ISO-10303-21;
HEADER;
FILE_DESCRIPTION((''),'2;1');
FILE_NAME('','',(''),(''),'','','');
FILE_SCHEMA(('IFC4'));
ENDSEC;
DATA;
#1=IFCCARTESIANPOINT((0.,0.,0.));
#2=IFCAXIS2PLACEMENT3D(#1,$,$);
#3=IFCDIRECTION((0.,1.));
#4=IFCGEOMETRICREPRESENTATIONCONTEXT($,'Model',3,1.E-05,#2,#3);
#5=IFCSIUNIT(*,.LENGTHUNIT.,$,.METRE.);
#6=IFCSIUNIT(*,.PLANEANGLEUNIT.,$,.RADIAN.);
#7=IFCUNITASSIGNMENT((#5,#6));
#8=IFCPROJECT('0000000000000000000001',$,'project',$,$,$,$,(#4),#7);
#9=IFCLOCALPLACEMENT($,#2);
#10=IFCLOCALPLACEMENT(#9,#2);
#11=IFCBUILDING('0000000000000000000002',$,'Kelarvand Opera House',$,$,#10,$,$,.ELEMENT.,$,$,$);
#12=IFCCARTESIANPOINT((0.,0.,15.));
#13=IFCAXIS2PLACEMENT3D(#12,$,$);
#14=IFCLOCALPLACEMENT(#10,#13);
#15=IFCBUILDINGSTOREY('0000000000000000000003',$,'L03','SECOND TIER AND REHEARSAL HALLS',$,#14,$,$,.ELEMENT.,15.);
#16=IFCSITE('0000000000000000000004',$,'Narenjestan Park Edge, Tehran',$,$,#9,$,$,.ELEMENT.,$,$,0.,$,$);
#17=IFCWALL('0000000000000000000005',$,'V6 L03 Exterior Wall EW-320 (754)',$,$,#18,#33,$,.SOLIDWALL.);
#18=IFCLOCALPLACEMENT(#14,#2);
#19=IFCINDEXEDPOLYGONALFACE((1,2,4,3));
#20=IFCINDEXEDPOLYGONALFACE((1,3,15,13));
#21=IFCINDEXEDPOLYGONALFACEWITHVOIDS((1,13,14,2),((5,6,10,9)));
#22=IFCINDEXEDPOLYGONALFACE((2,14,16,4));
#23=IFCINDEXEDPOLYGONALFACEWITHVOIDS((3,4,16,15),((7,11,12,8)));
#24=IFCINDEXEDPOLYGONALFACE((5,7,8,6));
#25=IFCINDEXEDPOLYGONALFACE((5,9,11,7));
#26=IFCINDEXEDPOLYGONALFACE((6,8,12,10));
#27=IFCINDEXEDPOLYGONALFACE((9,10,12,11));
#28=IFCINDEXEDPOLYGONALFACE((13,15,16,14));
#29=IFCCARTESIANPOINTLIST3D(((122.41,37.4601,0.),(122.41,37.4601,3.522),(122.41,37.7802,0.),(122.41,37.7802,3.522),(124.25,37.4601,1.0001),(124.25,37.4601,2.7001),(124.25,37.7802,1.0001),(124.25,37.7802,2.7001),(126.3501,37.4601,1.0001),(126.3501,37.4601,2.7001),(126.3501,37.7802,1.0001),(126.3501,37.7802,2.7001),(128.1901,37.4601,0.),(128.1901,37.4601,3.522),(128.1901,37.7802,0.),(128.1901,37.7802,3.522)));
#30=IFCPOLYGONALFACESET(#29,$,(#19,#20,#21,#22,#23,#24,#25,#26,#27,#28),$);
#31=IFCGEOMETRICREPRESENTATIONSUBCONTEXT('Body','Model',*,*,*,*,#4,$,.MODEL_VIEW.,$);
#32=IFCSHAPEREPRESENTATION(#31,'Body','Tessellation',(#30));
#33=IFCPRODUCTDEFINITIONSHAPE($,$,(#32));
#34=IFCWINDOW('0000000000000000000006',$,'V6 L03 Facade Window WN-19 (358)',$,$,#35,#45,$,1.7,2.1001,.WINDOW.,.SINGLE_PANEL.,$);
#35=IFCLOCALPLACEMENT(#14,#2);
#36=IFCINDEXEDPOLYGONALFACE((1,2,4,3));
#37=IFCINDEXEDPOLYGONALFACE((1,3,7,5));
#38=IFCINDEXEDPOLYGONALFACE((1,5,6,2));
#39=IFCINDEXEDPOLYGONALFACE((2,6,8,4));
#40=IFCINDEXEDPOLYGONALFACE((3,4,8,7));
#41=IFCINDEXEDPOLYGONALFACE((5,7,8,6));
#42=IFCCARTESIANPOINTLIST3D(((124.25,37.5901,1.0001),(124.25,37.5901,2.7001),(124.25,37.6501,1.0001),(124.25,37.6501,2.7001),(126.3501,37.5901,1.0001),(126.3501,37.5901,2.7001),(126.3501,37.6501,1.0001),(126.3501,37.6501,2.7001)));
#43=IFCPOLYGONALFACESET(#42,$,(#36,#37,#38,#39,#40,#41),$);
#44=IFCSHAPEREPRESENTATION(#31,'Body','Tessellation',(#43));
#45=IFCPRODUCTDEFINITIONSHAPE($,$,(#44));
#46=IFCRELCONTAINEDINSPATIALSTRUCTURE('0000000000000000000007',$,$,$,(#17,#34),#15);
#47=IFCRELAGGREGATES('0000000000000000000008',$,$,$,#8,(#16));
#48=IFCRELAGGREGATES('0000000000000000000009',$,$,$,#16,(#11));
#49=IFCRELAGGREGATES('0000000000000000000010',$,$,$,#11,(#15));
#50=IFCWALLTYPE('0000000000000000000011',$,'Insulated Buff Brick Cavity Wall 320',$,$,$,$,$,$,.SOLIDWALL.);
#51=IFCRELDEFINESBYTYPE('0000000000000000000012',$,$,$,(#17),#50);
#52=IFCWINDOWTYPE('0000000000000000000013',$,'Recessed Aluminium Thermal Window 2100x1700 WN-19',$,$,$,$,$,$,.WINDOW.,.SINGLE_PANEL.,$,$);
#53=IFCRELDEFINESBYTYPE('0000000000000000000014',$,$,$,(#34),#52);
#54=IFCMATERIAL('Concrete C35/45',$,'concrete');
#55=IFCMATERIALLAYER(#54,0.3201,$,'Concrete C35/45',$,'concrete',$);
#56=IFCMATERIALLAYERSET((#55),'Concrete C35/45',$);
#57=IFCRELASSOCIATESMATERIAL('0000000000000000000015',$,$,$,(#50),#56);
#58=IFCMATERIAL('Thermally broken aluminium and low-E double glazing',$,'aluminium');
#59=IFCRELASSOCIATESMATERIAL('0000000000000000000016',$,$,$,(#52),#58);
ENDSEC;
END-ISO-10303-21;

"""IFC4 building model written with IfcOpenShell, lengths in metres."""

from ifc_helpers import new_model, si_unit, direction, frame, frame_2d, origin, place, context, subcontext, project, spatial, rectangle, extrude, material, layer, layer_set, type_object, element, fill, save


model = new_model("IFC4")

# Units and contexts
model_context = context("Model", 3, precision=1e-05, world=origin(), true_north=direction((0.0, 1.0)))
body_context = subcontext(model_context, "Body", "Model", "MODEL_VIEW")
ifc_project = project(units=[si_unit("LENGTHUNIT", "METRE"), si_unit("PLANEANGLEUNIT", "RADIAN")], contexts=[model_context])

# Site, building, storey
site_placement = place(None, origin())
site = spatial("IfcSite", under=ifc_project, at=site_placement, Name="Narenjestan Park Edge, Tehran", CompositionType="ELEMENT", RefElevation=0.0)
building_placement = place(site_placement, origin())
building = spatial("IfcBuilding", under=site, at=building_placement, Name="Kelarvand Opera House", CompositionType="ELEMENT")
storey_placement = place(building_placement, frame((0.0, 0.0, 15.0)))
storey = spatial("IfcBuildingStorey", under=building, at=storey_placement, Name="L03", Description="SECOND TIER AND REHEARSAL HALLS", CompositionType="ELEMENT", Elevation=15.0)

# Shared definitions
ifc_material_1 = material(Name="Concrete C35/45", Category="concrete")

# Wall, opening, window
ifc_layer_1 = layer(ifc_material_1, 0.3201, Name="Concrete C35/45", Category="concrete")
ifc_layer_set_1 = layer_set([ifc_layer_1], Name="Concrete C35/45")
wall_type_1 = type_object("IfcWallType", Name="Insulated Buff Brick Cavity Wall 320", PredefinedType="SOLIDWALL", material=ifc_layer_set_1)
wall_1_placement = place(storey_placement, frame((122.4099, 37.6201, 0.0), z_axis=(0.0, 0.0, 1.0), x_axis=(1.0, 0.0, 0.0)))
wall_1 = element("IfcWall", 1, at=wall_1_placement, inside=storey, type_object=wall_type_1, Name="V6 L03 Exterior Wall EW-320 (754)", PredefinedType="SOLIDWALL", context=body_context, shape_type="SweptSolid", body=[
    extrude(rectangle(XDim=5.78, YDim=0.3201, at=frame_2d((2.8901, 0.0))), origin(), (0.0, 0.0, 1.0), 3.522),
])
opening_placement = place(wall_1_placement, frame((1.8401, 0.0, 1.0)))
opening = element("IfcOpeningElement", 2, at=opening_placement, cuts=wall_1, PredefinedType="OPENING", context=body_context, shape_type="SweptSolid", body=[
    extrude(rectangle(XDim=2.1001, YDim=1.7, at=frame_2d((1.05, 0.8501))), frame((0.0, 0.1699, 0.0), z_axis=(0.0, -1.0, 0.0), x_axis=(1.0, 0.0, 0.0)), (0.0, 0.0, 1.0), 0.3401),
])
ifc_material_2 = material(Name="Thermally broken aluminium and low-E double glazing", Category="aluminium")
window_type = type_object("IfcWindowType", Name="Recessed Aluminium Thermal Window 2100x1700 WN-19", PartitioningType="SINGLE_PANEL", PredefinedType="WINDOW", material=ifc_material_2)
window_placement = place(opening_placement, origin())
window = element("IfcWindow", 3, at=window_placement, inside=storey, type_object=window_type, Name="V6 L03 Facade Window WN-19 (358)", OverallHeight=1.7, OverallWidth=2.1001, PartitioningType="SINGLE_PANEL", PredefinedType="WINDOW", context=body_context, shape_type="SweptSolid", body=[
    extrude(rectangle(XDim=2.1001, YDim=1.7, at=frame_2d((1.05, 0.8501))), frame((0.0, 0.03, 0.0), z_axis=(0.0, -1.0, 0.0), x_axis=(1.0, 0.0, 0.0)), (0.0, 0.0, 1.0), 0.0601),
])
fill(opening, window)

save(model, "model.ifc")
